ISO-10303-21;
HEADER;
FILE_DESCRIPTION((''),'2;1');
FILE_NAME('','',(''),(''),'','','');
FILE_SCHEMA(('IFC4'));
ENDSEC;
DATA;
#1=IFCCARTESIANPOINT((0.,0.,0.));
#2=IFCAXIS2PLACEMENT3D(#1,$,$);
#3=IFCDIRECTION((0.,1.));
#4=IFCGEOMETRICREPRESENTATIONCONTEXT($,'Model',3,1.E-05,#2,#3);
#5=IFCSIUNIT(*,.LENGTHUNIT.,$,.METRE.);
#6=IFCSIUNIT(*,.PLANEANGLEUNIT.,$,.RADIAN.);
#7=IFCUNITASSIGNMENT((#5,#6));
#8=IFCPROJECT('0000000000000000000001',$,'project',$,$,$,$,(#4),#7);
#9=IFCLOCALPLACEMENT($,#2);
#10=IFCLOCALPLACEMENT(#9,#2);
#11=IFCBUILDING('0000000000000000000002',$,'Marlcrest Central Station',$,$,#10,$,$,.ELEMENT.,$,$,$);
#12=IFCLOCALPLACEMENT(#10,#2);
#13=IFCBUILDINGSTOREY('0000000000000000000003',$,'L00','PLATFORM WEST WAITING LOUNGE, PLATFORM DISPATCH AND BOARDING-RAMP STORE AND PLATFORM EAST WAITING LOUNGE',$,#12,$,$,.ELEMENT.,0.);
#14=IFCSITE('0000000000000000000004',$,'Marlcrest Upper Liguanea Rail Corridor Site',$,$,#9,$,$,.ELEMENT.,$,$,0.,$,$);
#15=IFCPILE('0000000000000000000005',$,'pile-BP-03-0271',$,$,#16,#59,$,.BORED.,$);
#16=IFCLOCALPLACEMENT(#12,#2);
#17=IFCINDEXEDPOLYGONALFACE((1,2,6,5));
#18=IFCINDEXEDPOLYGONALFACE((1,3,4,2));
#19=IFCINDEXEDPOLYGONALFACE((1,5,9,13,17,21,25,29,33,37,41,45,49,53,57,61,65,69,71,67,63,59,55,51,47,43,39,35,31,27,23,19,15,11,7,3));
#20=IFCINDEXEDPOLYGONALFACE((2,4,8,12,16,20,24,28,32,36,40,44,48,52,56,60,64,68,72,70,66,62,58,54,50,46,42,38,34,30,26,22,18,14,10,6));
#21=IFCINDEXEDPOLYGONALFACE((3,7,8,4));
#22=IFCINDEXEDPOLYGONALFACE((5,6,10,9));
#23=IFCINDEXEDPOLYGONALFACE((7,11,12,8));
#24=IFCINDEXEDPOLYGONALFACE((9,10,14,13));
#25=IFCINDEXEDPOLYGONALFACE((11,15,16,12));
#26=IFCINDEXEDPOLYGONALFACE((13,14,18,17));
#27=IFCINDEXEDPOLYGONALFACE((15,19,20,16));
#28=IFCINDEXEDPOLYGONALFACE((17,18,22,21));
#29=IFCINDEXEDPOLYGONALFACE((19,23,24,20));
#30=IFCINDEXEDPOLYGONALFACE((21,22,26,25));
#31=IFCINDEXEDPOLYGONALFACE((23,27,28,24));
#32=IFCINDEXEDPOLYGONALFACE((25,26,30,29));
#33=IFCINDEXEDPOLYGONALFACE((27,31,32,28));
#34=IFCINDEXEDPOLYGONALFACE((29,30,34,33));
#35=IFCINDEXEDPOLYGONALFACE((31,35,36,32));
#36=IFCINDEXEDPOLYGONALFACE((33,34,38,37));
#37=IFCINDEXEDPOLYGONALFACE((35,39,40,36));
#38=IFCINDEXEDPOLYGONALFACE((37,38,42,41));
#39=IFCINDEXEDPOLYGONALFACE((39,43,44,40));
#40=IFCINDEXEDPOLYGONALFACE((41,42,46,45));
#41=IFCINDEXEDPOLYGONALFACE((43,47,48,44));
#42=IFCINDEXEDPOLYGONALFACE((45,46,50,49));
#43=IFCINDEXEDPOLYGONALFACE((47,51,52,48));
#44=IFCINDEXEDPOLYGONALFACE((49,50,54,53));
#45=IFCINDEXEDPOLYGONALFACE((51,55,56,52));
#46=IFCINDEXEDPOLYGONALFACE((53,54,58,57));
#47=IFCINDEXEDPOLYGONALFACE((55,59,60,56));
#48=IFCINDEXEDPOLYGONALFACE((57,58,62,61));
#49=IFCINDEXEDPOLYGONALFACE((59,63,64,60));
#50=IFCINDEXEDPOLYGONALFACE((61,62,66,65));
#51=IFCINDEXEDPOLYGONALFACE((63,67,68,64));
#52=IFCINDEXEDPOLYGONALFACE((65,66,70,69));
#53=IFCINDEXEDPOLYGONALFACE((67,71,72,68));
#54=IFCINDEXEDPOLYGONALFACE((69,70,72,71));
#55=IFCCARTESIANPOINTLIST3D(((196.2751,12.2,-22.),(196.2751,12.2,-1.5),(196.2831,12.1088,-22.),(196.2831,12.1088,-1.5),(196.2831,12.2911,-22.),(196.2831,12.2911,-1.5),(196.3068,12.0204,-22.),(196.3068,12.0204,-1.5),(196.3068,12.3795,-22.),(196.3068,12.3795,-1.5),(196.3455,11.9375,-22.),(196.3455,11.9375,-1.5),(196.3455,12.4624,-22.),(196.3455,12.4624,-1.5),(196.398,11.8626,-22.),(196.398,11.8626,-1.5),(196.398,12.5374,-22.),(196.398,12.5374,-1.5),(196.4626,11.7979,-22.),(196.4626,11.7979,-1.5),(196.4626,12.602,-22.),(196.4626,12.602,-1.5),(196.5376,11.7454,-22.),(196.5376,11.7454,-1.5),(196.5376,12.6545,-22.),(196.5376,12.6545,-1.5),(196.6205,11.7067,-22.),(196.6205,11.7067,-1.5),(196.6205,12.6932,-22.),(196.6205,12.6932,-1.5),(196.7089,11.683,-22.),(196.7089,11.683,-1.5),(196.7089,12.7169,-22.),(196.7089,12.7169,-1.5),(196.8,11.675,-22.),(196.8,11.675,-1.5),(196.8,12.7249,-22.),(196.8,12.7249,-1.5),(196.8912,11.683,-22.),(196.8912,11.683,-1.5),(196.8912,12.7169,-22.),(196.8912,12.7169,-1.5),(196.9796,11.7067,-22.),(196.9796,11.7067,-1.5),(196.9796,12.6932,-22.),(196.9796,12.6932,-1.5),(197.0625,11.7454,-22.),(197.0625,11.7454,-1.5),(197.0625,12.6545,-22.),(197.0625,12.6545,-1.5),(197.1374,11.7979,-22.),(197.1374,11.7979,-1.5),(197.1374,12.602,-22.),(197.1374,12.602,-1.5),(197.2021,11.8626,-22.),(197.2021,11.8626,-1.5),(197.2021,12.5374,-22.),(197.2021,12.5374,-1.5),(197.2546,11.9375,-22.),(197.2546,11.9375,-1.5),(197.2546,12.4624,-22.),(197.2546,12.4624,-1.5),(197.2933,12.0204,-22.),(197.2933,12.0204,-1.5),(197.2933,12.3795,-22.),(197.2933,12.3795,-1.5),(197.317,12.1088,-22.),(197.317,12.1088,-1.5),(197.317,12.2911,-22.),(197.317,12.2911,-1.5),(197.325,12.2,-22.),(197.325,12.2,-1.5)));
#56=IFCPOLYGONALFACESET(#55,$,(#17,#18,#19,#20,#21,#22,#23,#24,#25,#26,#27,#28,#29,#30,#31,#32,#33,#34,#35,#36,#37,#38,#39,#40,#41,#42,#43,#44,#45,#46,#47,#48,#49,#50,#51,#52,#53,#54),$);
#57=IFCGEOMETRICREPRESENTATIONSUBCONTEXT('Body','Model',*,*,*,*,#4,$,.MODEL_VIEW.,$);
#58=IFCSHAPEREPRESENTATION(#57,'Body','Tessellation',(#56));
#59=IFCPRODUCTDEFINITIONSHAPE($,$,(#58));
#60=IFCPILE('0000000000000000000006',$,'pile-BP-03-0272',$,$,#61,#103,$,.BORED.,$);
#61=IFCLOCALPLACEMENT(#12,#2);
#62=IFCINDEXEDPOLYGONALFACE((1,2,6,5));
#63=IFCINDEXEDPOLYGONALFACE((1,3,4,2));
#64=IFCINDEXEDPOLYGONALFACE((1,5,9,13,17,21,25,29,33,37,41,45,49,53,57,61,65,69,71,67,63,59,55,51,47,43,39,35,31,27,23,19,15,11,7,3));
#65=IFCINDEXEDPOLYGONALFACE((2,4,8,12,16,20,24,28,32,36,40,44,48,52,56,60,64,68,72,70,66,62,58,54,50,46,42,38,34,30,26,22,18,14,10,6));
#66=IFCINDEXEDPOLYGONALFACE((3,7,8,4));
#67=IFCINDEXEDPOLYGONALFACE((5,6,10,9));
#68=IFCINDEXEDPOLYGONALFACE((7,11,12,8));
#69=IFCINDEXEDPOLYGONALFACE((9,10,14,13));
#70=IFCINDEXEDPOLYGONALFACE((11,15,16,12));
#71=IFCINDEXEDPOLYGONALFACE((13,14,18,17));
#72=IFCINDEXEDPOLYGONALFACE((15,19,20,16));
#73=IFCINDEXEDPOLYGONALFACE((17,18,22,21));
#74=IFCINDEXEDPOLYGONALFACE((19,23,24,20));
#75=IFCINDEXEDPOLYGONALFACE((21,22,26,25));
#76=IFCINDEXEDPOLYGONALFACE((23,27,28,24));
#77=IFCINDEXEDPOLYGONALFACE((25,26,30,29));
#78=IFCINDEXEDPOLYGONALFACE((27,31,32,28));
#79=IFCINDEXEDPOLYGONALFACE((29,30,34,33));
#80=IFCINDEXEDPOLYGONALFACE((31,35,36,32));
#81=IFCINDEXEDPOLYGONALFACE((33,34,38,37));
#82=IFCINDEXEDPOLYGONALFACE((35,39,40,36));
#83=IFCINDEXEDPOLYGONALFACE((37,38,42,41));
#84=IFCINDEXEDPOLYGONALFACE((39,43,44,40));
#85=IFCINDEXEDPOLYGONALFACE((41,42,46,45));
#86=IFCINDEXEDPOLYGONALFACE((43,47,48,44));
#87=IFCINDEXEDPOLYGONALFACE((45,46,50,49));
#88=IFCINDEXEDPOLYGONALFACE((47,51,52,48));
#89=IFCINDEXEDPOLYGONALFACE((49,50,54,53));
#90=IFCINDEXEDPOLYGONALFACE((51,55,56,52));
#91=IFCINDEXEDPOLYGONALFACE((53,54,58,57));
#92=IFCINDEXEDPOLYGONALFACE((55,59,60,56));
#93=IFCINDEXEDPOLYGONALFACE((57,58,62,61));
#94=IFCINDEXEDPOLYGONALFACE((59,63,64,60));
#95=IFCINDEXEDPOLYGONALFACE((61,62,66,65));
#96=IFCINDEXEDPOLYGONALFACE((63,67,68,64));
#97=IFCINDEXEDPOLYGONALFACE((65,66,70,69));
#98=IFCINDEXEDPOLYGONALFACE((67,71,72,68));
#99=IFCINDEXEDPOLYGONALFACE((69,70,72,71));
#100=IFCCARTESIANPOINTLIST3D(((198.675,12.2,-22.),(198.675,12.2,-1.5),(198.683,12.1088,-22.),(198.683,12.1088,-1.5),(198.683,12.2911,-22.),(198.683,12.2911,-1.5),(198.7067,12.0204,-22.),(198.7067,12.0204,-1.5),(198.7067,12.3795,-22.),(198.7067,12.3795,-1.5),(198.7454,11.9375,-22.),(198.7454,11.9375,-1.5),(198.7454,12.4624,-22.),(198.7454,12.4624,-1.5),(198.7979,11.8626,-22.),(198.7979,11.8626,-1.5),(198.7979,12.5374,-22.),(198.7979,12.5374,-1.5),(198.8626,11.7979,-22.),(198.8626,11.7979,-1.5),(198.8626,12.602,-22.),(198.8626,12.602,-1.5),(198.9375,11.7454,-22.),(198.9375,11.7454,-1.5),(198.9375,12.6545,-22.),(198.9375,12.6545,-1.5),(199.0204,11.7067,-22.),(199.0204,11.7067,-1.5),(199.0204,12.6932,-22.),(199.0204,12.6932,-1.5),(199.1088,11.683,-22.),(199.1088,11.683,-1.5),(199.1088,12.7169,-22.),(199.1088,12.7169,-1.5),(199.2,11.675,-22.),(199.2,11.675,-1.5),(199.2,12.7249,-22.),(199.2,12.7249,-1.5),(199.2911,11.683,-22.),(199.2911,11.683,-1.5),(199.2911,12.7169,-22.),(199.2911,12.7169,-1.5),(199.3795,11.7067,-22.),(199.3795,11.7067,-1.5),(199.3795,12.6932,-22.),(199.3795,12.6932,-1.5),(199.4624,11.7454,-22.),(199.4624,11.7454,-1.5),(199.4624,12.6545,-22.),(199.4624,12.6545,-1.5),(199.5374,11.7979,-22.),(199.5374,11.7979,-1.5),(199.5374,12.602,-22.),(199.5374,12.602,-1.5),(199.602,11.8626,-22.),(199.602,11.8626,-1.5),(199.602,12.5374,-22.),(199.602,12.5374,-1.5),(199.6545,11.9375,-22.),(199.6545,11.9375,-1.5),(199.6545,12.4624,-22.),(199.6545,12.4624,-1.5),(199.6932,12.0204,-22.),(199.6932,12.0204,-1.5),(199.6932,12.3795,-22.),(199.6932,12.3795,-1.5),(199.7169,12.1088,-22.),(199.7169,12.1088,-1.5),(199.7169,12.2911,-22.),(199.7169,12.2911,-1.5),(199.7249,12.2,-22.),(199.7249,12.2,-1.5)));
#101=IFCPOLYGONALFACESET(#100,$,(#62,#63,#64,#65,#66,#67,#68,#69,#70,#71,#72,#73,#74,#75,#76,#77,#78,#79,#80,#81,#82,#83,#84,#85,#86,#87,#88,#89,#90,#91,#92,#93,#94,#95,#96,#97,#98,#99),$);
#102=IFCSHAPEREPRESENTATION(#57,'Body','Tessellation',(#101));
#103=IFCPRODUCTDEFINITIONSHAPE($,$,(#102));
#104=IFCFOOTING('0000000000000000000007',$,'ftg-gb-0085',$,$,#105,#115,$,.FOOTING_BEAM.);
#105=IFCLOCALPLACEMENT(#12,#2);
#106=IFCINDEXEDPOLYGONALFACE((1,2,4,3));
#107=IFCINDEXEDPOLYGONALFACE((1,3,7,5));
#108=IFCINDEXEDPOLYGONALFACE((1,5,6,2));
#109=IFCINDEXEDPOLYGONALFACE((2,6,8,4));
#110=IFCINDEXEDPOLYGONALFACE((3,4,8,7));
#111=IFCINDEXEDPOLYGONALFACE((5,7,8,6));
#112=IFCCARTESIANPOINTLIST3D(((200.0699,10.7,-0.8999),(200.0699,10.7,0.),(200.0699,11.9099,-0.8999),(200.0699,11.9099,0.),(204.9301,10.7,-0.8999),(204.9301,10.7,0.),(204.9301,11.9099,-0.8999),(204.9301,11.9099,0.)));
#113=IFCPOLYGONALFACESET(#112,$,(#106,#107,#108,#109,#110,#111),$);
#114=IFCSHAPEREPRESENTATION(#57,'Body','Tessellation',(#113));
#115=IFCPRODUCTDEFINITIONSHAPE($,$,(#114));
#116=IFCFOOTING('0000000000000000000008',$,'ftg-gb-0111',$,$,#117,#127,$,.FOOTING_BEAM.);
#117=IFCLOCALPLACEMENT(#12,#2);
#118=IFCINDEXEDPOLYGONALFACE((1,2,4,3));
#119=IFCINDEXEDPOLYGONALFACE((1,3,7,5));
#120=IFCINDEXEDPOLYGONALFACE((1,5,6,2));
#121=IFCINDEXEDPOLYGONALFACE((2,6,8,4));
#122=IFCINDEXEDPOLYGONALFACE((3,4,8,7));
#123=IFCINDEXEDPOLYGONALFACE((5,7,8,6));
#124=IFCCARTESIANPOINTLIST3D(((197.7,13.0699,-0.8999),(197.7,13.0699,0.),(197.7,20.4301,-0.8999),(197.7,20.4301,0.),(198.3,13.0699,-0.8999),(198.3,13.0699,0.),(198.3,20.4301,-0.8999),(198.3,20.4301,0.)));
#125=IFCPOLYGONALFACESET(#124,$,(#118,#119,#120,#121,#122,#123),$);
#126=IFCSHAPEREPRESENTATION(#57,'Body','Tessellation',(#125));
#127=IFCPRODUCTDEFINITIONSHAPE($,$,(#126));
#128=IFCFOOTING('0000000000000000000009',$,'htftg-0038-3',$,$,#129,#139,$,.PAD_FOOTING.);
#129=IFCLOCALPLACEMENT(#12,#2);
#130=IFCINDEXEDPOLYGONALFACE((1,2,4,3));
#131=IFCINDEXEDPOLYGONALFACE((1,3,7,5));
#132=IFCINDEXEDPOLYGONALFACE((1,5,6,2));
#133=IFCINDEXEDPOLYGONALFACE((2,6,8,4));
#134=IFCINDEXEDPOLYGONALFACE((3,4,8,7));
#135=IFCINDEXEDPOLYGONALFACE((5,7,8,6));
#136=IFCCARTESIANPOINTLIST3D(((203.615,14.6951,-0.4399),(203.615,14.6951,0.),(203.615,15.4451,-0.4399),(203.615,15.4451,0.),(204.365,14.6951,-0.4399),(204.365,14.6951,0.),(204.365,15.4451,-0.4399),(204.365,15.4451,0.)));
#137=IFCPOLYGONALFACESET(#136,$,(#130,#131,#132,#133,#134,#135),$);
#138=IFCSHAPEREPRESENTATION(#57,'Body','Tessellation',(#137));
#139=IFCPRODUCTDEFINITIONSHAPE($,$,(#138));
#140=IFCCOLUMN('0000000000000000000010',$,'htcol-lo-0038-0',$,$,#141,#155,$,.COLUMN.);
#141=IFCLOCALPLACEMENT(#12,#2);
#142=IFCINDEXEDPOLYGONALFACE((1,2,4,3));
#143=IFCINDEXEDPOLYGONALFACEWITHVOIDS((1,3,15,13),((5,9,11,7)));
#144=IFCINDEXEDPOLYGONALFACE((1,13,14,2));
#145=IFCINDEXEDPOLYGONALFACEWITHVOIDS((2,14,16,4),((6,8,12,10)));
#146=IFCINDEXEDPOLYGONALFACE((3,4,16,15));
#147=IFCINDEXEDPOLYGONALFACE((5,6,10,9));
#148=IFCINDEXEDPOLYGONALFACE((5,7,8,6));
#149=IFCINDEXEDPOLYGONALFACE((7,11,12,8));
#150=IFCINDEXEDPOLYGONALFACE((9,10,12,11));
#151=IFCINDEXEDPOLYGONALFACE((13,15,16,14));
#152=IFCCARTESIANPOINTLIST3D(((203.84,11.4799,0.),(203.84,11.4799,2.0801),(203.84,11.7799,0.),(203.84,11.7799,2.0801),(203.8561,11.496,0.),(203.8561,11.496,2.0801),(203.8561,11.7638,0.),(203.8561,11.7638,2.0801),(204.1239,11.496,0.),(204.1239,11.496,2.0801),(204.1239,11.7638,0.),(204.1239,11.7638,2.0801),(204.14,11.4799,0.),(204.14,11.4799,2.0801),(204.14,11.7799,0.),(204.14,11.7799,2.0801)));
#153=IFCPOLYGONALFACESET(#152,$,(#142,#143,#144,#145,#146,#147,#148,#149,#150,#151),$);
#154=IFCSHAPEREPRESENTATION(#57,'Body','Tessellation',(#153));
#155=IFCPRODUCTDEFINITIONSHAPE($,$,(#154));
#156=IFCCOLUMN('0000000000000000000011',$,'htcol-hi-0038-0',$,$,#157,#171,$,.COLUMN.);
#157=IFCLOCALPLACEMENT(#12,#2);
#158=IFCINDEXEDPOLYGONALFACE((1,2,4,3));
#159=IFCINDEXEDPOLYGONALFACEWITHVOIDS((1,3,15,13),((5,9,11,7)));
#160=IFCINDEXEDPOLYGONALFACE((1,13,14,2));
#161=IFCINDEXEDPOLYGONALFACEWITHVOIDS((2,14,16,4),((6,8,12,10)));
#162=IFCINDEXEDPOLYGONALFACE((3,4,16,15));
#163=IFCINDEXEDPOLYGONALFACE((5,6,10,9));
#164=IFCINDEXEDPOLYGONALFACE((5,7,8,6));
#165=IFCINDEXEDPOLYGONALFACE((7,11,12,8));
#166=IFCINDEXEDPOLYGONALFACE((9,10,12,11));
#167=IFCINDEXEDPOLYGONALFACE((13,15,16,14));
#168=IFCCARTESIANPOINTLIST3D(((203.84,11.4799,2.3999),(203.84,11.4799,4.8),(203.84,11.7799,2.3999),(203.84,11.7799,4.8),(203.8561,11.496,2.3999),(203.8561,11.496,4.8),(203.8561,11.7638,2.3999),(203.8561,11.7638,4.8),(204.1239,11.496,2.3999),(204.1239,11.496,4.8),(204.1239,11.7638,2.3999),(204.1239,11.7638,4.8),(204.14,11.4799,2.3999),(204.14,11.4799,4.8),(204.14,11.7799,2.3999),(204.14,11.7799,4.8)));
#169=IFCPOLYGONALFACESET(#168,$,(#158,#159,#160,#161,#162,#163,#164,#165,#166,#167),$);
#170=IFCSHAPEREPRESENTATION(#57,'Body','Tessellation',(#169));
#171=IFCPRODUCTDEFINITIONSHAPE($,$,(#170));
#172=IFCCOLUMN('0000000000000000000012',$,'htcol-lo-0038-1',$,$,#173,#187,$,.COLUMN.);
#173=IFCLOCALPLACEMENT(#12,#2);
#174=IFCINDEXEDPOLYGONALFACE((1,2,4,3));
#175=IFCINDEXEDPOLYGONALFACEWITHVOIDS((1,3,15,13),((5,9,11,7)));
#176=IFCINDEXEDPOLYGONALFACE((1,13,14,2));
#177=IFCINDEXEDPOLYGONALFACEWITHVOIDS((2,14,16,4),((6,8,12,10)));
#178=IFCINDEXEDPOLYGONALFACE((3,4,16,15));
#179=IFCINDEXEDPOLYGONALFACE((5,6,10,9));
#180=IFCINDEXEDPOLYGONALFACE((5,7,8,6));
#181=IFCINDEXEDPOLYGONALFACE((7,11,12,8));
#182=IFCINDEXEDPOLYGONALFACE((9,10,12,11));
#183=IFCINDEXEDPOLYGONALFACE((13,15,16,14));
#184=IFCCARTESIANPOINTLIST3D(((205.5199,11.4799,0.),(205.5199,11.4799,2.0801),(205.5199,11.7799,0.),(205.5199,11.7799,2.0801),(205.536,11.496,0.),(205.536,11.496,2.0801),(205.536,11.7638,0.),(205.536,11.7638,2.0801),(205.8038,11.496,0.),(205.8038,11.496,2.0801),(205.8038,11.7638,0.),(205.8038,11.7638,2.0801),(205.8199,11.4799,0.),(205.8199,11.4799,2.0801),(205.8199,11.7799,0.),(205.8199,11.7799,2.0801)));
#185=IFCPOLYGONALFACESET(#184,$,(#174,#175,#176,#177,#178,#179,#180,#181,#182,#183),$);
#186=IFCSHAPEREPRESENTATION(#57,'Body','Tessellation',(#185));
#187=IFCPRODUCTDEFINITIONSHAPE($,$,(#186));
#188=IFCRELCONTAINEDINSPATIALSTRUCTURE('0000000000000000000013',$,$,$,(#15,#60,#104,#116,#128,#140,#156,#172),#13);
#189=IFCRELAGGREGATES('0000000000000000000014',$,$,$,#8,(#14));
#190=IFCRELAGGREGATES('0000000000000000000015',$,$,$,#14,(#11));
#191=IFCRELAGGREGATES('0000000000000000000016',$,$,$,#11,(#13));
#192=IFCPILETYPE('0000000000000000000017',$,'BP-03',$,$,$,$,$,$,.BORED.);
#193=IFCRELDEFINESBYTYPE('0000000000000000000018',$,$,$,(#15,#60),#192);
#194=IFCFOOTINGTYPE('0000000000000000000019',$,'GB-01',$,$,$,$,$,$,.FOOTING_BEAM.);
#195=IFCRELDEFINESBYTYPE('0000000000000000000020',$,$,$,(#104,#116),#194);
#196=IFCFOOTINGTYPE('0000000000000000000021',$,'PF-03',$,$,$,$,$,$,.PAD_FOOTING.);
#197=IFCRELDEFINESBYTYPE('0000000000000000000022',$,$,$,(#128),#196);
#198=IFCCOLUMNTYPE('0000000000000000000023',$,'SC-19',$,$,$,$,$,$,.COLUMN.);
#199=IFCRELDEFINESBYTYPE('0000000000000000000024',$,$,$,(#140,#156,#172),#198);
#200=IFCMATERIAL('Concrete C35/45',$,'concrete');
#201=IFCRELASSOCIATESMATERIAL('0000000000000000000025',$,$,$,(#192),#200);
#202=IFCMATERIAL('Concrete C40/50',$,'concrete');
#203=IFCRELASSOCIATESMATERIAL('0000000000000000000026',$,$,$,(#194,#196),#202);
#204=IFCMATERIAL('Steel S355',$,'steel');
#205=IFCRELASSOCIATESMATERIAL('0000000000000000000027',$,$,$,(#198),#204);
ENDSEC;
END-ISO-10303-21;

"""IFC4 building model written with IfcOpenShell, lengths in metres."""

from ifc_helpers import new_model, si_unit, direction, frame, origin, origin_2d, place, context, subcontext, project, spatial, rectangle, hollow_rectangle, circle, extrude, material, material_profile, profile_set, type_object, element, save


model = new_model("IFC4")

# Units and contexts
model_context = context("Model", 3, precision=1e-05, world=origin(), true_north=direction((0.0, 1.0)))
body_context = subcontext(model_context, "Body", "Model", "MODEL_VIEW")
ifc_project = project(units=[si_unit("LENGTHUNIT", "METRE"), si_unit("PLANEANGLEUNIT", "RADIAN")], contexts=[model_context])

# Site, building, storey
site_placement = place(None, origin())
site = spatial("IfcSite", under=ifc_project, at=site_placement, Name="Marlcrest Upper Liguanea Rail Corridor Site", CompositionType="ELEMENT", RefElevation=0.0)
building_placement = place(site_placement, origin())
building = spatial("IfcBuilding", under=site, at=building_placement, Name="Marlcrest Central Station", CompositionType="ELEMENT")
storey_placement = place(building_placement, origin())
storey = spatial("IfcBuildingStorey", under=building, at=storey_placement, Name="L00", Description="PLATFORM WEST WAITING LOUNGE, PLATFORM DISPATCH AND BOARDING-RAMP STORE AND PLATFORM EAST WAITING LOUNGE", CompositionType="ELEMENT", Elevation=0.0)

# Piles
ifc_material_1 = material(Name="Concrete C35/45", Category="concrete")
ifc_material_profile_1 = material_profile(ifc_material_1, circle(Radius=0.5249, at=origin_2d()), Name="PILE D1050")
ifc_profile_set_1 = profile_set([ifc_material_profile_1], Name="Concrete C35/45")
pile_type = type_object("IfcPileType", Name="BP-03", PredefinedType="BORED", material=ifc_profile_set_1)
for number, where, z_axis, x_axis, name in (
    (1, (196.8, 12.2, -1.5), (0.0, 0.0, -1.0), (1.0, 0.0, 0.0), "pile-BP-03-0271"),
    (2, (199.2, 12.2, -1.5), (0.0, 0.0, -1.0), (1.0, 0.0, 0.0), "pile-BP-03-0272"),
):
    element("IfcPile", number, at=place(storey_placement, frame(where, z_axis=z_axis, x_axis=x_axis)), inside=storey, type_object=pile_type, Name=name, PredefinedType="BORED", context=body_context, shape_type="SweptSolid", body=[
        extrude(circle(Radius=0.5249, at=origin_2d()), origin(), (0.0, 0.0, 1.0), 20.5),
    ])

# Footings
ifc_material_2 = material(Name="Concrete C40/50", Category="concrete")
footing_type_1 = type_object("IfcFootingType", Name="GB-01", PredefinedType="FOOTING_BEAM", material=ifc_material_2)
footing_1_placement = place(storey_placement, frame((202.5, 11.3049, -0.8999), z_axis=(0.0, 0.0, 1.0), x_axis=(1.0, 0.0, 0.0)))
element("IfcFooting", 3, at=footing_1_placement, inside=storey, type_object=footing_type_1, Name="ftg-gb-0085", PredefinedType="FOOTING_BEAM", context=body_context, shape_type="SweptSolid", body=[
    extrude(rectangle(XDim=4.8601, YDim=1.21, at=origin_2d()), origin(), (0.0, 0.0, 1.0), 0.8999),
])
footing_2_placement = place(storey_placement, frame((198.0, 16.75, -0.8999), z_axis=(0.0, 0.0, 1.0), x_axis=(1.0, 0.0, 0.0)))
element("IfcFooting", 4, at=footing_2_placement, inside=storey, type_object=footing_type_1, Name="ftg-gb-0111", PredefinedType="FOOTING_BEAM", context=body_context, shape_type="SweptSolid", body=[
    extrude(rectangle(XDim=0.6001, YDim=7.3601, at=origin_2d()), origin(), (0.0, 0.0, 1.0), 0.8999),
])
footing_type_2 = type_object("IfcFootingType", Name="PF-03", PredefinedType="PAD_FOOTING", material=ifc_material_2)
footing_3_placement = place(storey_placement, frame((203.99, 15.0701, -0.4399), z_axis=(0.0, 0.0, 1.0), x_axis=(1.0, 0.0, 0.0)))
element("IfcFooting", 5, at=footing_3_placement, inside=storey, type_object=footing_type_2, Name="htftg-0038-3", PredefinedType="PAD_FOOTING", context=body_context, shape_type="SweptSolid", body=[
    extrude(rectangle(XDim=0.75, YDim=0.75, at=origin_2d()), origin(), (0.0, 0.0, 1.0), 0.4399),
])

# Columns
ifc_material_3 = material(Name="Steel S355", Category="steel")
ifc_material_profile_2 = material_profile(ifc_material_3, hollow_rectangle(XDim=0.3, YDim=0.3, WallThickness=0.0161, at=origin_2d()), Name="SHS 300x300x16")
ifc_profile_set_2 = profile_set([ifc_material_profile_2], Name="Steel S355")
column_type = type_object("IfcColumnType", Name="SC-19", PredefinedType="COLUMN", material=ifc_profile_set_2)
column_1_placement = place(storey_placement, frame((203.99, 11.6299, 0.0), z_axis=(0.0, 0.0, 1.0), x_axis=(1.0, 0.0, 0.0)))
element("IfcColumn", 6, at=column_1_placement, inside=storey, type_object=column_type, Name="htcol-lo-0038-0", PredefinedType="COLUMN", context=body_context, shape_type="SweptSolid", body=[
    extrude(hollow_rectangle(XDim=0.3, YDim=0.3, WallThickness=0.0161, at=origin_2d()), origin(), (0.0, 0.0, 1.0), 2.0801),
])
column_2_placement = place(storey_placement, frame((203.99, 11.6299, 2.3999), z_axis=(0.0, 0.0, 1.0), x_axis=(1.0, 0.0, 0.0)))
element("IfcColumn", 7, at=column_2_placement, inside=storey, type_object=column_type, Name="htcol-hi-0038-0", PredefinedType="COLUMN", context=body_context, shape_type="SweptSolid", body=[
    extrude(hollow_rectangle(XDim=0.3, YDim=0.3, WallThickness=0.0161, at=origin_2d()), origin(), (0.0, 0.0, 1.0), 2.4001),
])
column_3_placement = place(storey_placement, frame((205.6699, 11.6299, 0.0), z_axis=(0.0, 0.0, 1.0), x_axis=(1.0, 0.0, 0.0)))
element("IfcColumn", 8, at=column_3_placement, inside=storey, type_object=column_type, Name="htcol-lo-0038-1", PredefinedType="COLUMN", context=body_context, shape_type="SweptSolid", body=[
    extrude(hollow_rectangle(XDim=0.3, YDim=0.3, WallThickness=0.0161, at=origin_2d()), origin(), (0.0, 0.0, 1.0), 2.0801),
])

save(model, "model.ifc")
